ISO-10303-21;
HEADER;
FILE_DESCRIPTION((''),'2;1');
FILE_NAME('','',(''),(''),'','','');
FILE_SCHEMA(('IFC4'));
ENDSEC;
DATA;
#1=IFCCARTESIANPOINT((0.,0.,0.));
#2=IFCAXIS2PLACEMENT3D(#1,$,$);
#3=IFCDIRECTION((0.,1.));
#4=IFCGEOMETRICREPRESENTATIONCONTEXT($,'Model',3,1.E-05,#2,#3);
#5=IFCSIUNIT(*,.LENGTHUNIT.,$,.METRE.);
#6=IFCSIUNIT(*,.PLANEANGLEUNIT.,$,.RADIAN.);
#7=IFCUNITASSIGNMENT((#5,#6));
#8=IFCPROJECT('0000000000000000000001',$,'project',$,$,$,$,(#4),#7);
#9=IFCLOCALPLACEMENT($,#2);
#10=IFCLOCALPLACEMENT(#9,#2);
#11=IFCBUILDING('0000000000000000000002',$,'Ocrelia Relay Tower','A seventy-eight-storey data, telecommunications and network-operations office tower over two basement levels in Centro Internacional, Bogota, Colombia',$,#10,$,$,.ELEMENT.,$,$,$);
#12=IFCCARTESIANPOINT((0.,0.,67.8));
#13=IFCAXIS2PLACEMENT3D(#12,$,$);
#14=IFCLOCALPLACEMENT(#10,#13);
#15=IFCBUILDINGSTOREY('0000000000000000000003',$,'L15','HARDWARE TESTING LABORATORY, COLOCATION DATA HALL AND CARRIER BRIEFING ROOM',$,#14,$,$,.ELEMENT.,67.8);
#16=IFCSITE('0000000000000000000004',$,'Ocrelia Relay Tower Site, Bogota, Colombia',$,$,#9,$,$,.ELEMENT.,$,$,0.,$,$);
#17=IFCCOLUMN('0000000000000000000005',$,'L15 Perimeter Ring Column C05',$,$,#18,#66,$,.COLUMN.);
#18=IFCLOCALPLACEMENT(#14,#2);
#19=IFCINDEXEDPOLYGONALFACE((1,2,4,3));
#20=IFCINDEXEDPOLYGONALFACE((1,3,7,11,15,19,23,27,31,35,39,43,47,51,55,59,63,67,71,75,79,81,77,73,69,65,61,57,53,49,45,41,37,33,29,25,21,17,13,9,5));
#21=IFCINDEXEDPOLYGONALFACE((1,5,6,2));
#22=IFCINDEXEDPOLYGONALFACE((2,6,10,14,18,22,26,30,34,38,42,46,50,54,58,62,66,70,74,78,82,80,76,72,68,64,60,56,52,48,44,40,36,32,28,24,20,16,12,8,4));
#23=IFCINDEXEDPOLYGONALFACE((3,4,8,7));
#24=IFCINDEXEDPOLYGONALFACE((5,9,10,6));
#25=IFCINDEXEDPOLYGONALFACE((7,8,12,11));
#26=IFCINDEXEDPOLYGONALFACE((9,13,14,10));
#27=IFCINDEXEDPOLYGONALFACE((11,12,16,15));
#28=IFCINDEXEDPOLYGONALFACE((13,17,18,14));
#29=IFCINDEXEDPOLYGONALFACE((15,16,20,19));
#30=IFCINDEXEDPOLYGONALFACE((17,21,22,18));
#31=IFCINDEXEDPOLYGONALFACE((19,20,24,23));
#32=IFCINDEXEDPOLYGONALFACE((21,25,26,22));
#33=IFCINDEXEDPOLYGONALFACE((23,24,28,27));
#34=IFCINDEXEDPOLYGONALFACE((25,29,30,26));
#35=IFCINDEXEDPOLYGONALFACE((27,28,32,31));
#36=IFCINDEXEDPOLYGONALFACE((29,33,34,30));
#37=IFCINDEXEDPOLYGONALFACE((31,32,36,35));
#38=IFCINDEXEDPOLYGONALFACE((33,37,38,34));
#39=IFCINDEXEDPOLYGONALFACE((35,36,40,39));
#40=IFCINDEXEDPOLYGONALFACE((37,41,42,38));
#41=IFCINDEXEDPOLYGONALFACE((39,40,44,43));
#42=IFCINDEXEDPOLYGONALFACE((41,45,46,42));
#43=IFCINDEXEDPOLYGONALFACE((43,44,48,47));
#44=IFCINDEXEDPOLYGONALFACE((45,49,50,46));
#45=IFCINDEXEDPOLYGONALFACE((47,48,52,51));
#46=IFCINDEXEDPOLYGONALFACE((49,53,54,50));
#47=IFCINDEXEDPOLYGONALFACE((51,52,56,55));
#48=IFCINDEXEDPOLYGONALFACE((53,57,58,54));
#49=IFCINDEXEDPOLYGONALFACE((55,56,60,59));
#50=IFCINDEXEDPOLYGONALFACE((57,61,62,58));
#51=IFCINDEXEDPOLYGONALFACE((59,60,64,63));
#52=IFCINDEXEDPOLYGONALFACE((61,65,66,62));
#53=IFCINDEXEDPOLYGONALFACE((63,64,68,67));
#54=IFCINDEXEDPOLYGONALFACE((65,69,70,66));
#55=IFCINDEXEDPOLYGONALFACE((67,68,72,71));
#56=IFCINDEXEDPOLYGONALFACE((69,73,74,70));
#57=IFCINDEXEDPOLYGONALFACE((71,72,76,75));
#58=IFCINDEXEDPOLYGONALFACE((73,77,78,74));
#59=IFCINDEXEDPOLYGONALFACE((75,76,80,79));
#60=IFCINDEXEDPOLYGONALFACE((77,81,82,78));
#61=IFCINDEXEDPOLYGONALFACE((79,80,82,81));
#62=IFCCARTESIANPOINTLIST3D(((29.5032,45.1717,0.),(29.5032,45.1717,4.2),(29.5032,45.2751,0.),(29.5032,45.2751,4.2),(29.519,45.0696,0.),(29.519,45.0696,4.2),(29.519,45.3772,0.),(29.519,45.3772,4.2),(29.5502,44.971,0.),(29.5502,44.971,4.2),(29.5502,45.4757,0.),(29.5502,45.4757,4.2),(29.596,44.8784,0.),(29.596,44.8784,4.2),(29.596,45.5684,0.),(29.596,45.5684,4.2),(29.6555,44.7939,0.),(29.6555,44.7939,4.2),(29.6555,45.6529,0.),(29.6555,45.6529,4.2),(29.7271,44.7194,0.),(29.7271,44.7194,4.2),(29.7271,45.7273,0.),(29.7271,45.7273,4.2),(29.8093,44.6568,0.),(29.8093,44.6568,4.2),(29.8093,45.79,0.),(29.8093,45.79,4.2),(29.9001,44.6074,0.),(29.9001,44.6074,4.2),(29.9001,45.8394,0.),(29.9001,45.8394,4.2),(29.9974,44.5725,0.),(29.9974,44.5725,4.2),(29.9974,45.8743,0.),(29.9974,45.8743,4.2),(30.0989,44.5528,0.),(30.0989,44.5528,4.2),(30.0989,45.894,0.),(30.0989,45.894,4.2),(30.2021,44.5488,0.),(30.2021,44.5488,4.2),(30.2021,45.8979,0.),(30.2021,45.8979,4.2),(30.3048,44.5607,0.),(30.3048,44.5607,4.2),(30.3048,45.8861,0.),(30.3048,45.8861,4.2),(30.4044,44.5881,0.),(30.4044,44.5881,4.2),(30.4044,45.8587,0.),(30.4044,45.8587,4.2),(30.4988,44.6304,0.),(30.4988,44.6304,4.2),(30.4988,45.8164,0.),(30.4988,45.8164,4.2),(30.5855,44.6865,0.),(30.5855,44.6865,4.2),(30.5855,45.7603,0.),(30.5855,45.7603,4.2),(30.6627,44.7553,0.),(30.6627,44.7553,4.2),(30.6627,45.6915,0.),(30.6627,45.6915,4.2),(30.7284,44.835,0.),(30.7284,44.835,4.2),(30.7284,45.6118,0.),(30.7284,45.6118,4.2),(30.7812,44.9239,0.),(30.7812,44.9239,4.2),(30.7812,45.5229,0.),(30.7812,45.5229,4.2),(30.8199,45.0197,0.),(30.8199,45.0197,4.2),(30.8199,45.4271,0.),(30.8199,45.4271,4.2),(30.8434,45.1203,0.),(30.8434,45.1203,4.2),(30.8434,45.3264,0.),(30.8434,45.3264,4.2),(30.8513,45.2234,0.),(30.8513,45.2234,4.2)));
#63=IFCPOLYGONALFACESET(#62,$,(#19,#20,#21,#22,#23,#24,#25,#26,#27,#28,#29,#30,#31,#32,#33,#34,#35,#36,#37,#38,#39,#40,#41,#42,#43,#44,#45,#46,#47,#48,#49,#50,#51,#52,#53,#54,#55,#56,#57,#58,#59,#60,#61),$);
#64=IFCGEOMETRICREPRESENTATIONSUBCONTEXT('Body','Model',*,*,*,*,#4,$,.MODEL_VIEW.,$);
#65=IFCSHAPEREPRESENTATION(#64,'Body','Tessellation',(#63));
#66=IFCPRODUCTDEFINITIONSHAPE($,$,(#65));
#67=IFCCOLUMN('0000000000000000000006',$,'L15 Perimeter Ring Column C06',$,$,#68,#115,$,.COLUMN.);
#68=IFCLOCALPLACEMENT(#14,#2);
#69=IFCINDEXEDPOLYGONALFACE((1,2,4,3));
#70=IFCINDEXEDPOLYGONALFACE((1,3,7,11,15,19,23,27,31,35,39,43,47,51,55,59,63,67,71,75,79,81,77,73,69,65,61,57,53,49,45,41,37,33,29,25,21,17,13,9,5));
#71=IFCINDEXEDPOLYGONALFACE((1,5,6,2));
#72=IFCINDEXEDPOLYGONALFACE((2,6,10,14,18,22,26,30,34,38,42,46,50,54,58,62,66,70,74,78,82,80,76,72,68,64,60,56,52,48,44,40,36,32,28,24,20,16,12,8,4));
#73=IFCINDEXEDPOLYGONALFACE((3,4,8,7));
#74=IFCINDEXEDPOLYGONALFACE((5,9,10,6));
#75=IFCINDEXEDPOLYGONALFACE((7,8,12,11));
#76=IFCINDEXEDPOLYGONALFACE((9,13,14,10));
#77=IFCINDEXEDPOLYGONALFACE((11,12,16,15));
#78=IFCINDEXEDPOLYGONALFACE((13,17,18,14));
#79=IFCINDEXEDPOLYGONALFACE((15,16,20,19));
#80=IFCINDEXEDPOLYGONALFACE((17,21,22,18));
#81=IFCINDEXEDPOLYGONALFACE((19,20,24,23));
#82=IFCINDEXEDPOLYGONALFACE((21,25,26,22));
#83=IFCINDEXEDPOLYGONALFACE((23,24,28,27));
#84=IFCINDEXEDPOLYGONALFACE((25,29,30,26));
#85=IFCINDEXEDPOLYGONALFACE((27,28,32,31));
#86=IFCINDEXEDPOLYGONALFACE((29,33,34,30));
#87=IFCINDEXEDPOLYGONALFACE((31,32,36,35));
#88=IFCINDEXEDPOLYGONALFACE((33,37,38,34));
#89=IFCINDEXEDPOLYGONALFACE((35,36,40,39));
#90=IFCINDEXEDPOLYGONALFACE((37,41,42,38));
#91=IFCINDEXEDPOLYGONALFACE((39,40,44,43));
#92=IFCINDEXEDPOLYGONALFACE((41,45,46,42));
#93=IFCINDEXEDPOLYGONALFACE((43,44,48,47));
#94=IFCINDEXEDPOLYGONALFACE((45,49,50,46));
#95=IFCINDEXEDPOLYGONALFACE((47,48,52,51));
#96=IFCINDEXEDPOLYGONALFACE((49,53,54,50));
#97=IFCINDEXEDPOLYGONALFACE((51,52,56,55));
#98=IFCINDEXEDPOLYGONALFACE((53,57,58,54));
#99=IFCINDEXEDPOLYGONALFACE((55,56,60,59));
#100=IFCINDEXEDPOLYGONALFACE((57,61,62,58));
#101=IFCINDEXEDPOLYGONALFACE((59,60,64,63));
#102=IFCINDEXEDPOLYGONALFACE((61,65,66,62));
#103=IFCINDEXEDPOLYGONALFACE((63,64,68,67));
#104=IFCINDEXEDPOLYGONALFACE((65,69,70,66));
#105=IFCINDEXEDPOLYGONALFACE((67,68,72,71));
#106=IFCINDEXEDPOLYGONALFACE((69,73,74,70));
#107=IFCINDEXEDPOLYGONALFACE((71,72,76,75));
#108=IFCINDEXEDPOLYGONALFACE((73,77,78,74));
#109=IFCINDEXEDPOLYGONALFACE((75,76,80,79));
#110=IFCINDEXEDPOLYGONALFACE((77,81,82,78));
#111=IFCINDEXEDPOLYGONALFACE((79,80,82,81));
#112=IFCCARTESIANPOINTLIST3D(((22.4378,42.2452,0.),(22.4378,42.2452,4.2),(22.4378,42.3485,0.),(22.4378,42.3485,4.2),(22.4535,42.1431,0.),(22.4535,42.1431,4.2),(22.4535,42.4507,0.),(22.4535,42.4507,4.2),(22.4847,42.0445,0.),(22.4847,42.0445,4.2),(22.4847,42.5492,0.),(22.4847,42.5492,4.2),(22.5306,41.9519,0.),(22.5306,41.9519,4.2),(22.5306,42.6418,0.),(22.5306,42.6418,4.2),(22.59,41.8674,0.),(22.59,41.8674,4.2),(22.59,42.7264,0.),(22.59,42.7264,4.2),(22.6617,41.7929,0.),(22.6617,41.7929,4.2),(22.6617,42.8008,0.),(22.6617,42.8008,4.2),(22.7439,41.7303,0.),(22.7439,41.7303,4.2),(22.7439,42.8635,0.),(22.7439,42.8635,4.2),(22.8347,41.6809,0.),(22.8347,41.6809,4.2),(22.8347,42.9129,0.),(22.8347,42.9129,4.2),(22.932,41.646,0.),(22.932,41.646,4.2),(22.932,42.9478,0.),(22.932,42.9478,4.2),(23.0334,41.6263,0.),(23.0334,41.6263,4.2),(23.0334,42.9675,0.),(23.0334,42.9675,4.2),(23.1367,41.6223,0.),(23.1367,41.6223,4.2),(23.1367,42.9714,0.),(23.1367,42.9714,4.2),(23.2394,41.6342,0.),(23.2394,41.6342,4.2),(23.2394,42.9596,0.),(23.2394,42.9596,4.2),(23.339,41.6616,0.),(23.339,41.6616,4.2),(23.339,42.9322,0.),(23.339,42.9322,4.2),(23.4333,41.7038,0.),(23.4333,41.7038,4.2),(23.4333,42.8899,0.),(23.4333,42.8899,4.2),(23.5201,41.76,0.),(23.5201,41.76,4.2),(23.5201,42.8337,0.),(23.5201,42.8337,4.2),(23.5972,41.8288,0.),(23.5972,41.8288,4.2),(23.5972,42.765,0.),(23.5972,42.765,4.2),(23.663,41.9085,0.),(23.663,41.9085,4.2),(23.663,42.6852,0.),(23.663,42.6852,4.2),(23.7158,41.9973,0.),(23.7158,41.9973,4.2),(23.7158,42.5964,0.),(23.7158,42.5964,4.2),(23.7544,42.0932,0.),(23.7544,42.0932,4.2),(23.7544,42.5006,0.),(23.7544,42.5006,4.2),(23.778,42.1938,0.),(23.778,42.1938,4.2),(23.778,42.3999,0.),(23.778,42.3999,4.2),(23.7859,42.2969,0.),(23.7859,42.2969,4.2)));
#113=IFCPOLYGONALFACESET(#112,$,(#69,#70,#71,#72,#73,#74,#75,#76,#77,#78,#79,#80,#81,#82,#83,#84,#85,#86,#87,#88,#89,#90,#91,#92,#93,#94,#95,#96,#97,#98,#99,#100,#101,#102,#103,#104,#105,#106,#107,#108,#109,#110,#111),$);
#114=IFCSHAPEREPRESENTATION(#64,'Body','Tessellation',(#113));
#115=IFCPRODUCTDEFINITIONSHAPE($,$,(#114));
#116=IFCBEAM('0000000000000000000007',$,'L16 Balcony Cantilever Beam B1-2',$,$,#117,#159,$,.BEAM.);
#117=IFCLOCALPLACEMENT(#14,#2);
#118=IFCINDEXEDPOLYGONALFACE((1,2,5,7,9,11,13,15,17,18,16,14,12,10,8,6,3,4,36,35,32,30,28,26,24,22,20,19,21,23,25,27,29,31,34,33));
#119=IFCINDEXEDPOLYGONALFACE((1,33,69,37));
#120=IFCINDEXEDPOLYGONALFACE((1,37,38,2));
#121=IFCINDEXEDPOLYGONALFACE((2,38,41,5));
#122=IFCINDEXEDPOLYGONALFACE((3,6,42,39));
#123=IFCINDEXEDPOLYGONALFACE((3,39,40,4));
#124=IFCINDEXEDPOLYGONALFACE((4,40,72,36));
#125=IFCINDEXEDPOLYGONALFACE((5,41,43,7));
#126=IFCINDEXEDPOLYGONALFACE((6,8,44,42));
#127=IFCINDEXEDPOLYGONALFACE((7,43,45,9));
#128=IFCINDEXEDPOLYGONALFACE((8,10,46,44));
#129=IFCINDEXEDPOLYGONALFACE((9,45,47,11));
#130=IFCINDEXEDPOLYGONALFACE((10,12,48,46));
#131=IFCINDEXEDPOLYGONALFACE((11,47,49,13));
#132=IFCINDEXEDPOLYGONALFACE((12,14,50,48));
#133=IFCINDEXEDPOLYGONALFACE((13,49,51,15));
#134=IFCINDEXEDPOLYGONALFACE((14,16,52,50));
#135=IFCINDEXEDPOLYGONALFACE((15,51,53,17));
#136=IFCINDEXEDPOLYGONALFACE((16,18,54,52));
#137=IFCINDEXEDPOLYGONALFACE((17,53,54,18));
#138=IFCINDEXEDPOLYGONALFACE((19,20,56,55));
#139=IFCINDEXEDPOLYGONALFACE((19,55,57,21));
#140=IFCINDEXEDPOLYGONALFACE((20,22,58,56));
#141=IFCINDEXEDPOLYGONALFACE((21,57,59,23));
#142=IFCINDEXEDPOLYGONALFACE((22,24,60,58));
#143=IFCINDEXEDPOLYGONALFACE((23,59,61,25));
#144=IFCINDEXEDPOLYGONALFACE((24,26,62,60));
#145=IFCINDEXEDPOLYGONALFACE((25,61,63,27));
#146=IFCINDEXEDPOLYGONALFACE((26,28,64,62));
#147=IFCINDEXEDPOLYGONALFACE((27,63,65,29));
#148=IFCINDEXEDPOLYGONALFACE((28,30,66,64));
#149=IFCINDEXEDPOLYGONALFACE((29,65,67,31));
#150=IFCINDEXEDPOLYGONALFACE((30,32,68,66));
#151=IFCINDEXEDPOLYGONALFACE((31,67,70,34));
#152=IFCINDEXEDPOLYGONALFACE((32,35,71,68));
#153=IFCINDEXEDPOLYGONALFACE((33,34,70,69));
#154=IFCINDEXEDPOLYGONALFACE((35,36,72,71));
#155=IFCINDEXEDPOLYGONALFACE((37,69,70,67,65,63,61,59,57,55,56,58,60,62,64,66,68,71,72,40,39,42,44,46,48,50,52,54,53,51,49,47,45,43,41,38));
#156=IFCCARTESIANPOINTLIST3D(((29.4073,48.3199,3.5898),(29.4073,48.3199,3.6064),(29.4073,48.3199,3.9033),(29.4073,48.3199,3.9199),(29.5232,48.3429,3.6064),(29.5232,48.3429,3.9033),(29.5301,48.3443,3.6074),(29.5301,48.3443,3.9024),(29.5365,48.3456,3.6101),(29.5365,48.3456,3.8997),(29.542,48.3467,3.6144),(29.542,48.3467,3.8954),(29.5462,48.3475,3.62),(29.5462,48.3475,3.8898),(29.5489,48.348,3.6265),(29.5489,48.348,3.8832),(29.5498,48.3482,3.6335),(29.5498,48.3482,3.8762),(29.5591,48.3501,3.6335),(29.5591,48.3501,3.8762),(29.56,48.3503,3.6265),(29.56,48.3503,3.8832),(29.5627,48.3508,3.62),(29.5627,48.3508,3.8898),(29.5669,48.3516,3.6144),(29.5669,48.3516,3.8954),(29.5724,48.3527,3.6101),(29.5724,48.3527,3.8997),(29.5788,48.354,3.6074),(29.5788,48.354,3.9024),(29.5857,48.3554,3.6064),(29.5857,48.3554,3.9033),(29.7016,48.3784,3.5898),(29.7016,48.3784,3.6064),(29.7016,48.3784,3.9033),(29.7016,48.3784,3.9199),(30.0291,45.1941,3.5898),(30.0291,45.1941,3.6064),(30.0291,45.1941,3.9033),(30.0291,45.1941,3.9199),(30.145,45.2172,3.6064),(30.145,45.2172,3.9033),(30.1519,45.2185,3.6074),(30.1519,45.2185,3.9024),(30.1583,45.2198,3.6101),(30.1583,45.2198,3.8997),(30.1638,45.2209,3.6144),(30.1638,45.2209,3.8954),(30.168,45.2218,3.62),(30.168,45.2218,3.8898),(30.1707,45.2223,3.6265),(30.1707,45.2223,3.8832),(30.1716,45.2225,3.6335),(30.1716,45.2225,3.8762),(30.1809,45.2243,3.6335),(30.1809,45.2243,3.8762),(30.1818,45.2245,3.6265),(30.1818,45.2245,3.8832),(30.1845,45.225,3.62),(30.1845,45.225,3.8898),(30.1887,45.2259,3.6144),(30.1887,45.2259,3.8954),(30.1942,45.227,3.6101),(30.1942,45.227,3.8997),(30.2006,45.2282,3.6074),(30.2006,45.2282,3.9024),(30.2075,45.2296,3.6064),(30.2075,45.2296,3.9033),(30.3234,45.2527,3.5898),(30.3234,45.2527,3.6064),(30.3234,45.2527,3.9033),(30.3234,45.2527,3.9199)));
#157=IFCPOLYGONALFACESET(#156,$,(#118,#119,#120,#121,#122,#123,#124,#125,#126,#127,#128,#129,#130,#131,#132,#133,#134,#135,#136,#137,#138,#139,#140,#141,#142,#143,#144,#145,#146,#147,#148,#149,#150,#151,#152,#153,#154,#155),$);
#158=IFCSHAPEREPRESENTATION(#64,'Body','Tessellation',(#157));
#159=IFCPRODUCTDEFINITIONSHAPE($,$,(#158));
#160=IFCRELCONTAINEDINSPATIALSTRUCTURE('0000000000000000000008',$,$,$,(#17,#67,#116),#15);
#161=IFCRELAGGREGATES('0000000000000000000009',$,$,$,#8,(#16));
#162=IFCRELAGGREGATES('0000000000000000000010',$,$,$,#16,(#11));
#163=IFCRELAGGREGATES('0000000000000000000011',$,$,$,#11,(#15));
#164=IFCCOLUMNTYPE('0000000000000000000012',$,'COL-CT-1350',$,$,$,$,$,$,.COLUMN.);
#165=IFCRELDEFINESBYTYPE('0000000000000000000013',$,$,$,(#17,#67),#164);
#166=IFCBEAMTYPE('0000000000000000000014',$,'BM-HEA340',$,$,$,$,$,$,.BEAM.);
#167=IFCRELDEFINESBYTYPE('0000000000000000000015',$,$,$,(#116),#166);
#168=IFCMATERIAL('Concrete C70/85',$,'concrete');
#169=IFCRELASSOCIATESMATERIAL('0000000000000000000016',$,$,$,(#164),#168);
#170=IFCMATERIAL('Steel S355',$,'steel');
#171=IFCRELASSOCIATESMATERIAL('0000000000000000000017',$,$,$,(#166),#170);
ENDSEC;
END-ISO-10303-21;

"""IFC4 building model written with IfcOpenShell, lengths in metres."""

from ifc_helpers import new_model, si_unit, direction, frame, origin, origin_2d, place, context, subcontext, project, spatial, circle, i_section, extrude, material, material_profile, profile_set, type_object, element, save


model = new_model("IFC4")

# Units and contexts
model_context = context("Model", 3, precision=1e-05, world=origin(), true_north=direction((0.0, 1.0)))
body_context = subcontext(model_context, "Body", "Model", "MODEL_VIEW")
ifc_project = project(units=[si_unit("LENGTHUNIT", "METRE"), si_unit("PLANEANGLEUNIT", "RADIAN")], contexts=[model_context])

# Site, building, storey
site_placement = place(None, origin())
site = spatial("IfcSite", under=ifc_project, at=site_placement, Name="Ocrelia Relay Tower Site, Bogota, Colombia", CompositionType="ELEMENT", RefElevation=0.0)
building_placement = place(site_placement, origin())
building = spatial("IfcBuilding", under=site, at=building_placement, Name="Ocrelia Relay Tower", Description="A seventy-eight-storey data, telecommunications and network-operations office tower over two basement levels in Centro Internacional, Bogota, Colombia", CompositionType="ELEMENT")
storey_placement = place(building_placement, frame((0.0, 0.0, 67.8)))
storey = spatial("IfcBuildingStorey", under=building, at=storey_placement, Name="L15", Description="HARDWARE TESTING LABORATORY, COLOCATION DATA HALL AND CARRIER BRIEFING ROOM", CompositionType="ELEMENT", Elevation=67.8)

# Columns
ifc_material_1 = material(Name="Concrete C70/85", Category="concrete")
ifc_material_profile_1 = material_profile(ifc_material_1, circle(Radius=0.675, at=origin_2d()), Name="RC-CIR-1350")
ifc_profile_set_1 = profile_set([ifc_material_profile_1], Name="Concrete C70/85")
column_type = type_object("IfcColumnType", Name="COL-CT-1350", PredefinedType="COLUMN", material=ifc_profile_set_1)
for number, where, z_axis, x_axis, name in (
    (1, (30.1763, 45.2234, 0.0), (0.0, 0.0, 1.0), (1.0, 0.0, 0.0), "L15 Perimeter Ring Column C05"),
    (2, (23.1108, 42.2969, 0.0), (0.0, 0.0, 1.0), (1.0, 0.0, 0.0), "L15 Perimeter Ring Column C06"),
):
    element("IfcColumn", number, at=place(storey_placement, frame(where, z_axis=z_axis, x_axis=x_axis)), inside=storey, type_object=column_type, Name=name, PredefinedType="COLUMN", context=body_context, shape_type="SweptSolid", body=[
        extrude(circle(Radius=0.675, at=origin_2d()), origin(), (0.0, 0.0, 1.0), 4.2),
    ])

# Beam
ifc_material_2 = material(Name="Steel S355", Category="steel")
ifc_material_profile_2 = material_profile(ifc_material_2, i_section(OverallWidth=0.3, OverallDepth=0.3301, WebThickness=0.0095, FlangeThickness=0.0166, FilletRadius=0.0271, at=origin_2d()), Name="HEA 340")
ifc_profile_set_2 = profile_set([ifc_material_profile_2], Name="Steel S355")
beam_type_1 = type_object("IfcBeamType", Name="BM-HEA340", PredefinedType="BEAM", material=ifc_profile_set_2)
beam_1_placement = place(storey_placement, frame((30.1763, 45.2234, 3.7549), z_axis=(-0.195114, 0.980781, 0.0), x_axis=(-0.980781, -0.195114, 0.0)))
element("IfcBeam", 3, at=beam_1_placement, inside=storey, type_object=beam_type_1, Name="L16 Balcony Cantilever Beam B1-2", PredefinedType="BEAM", context=body_context, shape_type="SweptSolid", body=[
    extrude(i_section(OverallWidth=0.3, OverallDepth=0.3301, WebThickness=0.0095, FlangeThickness=0.0166, FilletRadius=0.0271, at=origin_2d()), origin(), (0.0, 0.0, 1.0), 3.187),
])

save(model, "model.ifc")
